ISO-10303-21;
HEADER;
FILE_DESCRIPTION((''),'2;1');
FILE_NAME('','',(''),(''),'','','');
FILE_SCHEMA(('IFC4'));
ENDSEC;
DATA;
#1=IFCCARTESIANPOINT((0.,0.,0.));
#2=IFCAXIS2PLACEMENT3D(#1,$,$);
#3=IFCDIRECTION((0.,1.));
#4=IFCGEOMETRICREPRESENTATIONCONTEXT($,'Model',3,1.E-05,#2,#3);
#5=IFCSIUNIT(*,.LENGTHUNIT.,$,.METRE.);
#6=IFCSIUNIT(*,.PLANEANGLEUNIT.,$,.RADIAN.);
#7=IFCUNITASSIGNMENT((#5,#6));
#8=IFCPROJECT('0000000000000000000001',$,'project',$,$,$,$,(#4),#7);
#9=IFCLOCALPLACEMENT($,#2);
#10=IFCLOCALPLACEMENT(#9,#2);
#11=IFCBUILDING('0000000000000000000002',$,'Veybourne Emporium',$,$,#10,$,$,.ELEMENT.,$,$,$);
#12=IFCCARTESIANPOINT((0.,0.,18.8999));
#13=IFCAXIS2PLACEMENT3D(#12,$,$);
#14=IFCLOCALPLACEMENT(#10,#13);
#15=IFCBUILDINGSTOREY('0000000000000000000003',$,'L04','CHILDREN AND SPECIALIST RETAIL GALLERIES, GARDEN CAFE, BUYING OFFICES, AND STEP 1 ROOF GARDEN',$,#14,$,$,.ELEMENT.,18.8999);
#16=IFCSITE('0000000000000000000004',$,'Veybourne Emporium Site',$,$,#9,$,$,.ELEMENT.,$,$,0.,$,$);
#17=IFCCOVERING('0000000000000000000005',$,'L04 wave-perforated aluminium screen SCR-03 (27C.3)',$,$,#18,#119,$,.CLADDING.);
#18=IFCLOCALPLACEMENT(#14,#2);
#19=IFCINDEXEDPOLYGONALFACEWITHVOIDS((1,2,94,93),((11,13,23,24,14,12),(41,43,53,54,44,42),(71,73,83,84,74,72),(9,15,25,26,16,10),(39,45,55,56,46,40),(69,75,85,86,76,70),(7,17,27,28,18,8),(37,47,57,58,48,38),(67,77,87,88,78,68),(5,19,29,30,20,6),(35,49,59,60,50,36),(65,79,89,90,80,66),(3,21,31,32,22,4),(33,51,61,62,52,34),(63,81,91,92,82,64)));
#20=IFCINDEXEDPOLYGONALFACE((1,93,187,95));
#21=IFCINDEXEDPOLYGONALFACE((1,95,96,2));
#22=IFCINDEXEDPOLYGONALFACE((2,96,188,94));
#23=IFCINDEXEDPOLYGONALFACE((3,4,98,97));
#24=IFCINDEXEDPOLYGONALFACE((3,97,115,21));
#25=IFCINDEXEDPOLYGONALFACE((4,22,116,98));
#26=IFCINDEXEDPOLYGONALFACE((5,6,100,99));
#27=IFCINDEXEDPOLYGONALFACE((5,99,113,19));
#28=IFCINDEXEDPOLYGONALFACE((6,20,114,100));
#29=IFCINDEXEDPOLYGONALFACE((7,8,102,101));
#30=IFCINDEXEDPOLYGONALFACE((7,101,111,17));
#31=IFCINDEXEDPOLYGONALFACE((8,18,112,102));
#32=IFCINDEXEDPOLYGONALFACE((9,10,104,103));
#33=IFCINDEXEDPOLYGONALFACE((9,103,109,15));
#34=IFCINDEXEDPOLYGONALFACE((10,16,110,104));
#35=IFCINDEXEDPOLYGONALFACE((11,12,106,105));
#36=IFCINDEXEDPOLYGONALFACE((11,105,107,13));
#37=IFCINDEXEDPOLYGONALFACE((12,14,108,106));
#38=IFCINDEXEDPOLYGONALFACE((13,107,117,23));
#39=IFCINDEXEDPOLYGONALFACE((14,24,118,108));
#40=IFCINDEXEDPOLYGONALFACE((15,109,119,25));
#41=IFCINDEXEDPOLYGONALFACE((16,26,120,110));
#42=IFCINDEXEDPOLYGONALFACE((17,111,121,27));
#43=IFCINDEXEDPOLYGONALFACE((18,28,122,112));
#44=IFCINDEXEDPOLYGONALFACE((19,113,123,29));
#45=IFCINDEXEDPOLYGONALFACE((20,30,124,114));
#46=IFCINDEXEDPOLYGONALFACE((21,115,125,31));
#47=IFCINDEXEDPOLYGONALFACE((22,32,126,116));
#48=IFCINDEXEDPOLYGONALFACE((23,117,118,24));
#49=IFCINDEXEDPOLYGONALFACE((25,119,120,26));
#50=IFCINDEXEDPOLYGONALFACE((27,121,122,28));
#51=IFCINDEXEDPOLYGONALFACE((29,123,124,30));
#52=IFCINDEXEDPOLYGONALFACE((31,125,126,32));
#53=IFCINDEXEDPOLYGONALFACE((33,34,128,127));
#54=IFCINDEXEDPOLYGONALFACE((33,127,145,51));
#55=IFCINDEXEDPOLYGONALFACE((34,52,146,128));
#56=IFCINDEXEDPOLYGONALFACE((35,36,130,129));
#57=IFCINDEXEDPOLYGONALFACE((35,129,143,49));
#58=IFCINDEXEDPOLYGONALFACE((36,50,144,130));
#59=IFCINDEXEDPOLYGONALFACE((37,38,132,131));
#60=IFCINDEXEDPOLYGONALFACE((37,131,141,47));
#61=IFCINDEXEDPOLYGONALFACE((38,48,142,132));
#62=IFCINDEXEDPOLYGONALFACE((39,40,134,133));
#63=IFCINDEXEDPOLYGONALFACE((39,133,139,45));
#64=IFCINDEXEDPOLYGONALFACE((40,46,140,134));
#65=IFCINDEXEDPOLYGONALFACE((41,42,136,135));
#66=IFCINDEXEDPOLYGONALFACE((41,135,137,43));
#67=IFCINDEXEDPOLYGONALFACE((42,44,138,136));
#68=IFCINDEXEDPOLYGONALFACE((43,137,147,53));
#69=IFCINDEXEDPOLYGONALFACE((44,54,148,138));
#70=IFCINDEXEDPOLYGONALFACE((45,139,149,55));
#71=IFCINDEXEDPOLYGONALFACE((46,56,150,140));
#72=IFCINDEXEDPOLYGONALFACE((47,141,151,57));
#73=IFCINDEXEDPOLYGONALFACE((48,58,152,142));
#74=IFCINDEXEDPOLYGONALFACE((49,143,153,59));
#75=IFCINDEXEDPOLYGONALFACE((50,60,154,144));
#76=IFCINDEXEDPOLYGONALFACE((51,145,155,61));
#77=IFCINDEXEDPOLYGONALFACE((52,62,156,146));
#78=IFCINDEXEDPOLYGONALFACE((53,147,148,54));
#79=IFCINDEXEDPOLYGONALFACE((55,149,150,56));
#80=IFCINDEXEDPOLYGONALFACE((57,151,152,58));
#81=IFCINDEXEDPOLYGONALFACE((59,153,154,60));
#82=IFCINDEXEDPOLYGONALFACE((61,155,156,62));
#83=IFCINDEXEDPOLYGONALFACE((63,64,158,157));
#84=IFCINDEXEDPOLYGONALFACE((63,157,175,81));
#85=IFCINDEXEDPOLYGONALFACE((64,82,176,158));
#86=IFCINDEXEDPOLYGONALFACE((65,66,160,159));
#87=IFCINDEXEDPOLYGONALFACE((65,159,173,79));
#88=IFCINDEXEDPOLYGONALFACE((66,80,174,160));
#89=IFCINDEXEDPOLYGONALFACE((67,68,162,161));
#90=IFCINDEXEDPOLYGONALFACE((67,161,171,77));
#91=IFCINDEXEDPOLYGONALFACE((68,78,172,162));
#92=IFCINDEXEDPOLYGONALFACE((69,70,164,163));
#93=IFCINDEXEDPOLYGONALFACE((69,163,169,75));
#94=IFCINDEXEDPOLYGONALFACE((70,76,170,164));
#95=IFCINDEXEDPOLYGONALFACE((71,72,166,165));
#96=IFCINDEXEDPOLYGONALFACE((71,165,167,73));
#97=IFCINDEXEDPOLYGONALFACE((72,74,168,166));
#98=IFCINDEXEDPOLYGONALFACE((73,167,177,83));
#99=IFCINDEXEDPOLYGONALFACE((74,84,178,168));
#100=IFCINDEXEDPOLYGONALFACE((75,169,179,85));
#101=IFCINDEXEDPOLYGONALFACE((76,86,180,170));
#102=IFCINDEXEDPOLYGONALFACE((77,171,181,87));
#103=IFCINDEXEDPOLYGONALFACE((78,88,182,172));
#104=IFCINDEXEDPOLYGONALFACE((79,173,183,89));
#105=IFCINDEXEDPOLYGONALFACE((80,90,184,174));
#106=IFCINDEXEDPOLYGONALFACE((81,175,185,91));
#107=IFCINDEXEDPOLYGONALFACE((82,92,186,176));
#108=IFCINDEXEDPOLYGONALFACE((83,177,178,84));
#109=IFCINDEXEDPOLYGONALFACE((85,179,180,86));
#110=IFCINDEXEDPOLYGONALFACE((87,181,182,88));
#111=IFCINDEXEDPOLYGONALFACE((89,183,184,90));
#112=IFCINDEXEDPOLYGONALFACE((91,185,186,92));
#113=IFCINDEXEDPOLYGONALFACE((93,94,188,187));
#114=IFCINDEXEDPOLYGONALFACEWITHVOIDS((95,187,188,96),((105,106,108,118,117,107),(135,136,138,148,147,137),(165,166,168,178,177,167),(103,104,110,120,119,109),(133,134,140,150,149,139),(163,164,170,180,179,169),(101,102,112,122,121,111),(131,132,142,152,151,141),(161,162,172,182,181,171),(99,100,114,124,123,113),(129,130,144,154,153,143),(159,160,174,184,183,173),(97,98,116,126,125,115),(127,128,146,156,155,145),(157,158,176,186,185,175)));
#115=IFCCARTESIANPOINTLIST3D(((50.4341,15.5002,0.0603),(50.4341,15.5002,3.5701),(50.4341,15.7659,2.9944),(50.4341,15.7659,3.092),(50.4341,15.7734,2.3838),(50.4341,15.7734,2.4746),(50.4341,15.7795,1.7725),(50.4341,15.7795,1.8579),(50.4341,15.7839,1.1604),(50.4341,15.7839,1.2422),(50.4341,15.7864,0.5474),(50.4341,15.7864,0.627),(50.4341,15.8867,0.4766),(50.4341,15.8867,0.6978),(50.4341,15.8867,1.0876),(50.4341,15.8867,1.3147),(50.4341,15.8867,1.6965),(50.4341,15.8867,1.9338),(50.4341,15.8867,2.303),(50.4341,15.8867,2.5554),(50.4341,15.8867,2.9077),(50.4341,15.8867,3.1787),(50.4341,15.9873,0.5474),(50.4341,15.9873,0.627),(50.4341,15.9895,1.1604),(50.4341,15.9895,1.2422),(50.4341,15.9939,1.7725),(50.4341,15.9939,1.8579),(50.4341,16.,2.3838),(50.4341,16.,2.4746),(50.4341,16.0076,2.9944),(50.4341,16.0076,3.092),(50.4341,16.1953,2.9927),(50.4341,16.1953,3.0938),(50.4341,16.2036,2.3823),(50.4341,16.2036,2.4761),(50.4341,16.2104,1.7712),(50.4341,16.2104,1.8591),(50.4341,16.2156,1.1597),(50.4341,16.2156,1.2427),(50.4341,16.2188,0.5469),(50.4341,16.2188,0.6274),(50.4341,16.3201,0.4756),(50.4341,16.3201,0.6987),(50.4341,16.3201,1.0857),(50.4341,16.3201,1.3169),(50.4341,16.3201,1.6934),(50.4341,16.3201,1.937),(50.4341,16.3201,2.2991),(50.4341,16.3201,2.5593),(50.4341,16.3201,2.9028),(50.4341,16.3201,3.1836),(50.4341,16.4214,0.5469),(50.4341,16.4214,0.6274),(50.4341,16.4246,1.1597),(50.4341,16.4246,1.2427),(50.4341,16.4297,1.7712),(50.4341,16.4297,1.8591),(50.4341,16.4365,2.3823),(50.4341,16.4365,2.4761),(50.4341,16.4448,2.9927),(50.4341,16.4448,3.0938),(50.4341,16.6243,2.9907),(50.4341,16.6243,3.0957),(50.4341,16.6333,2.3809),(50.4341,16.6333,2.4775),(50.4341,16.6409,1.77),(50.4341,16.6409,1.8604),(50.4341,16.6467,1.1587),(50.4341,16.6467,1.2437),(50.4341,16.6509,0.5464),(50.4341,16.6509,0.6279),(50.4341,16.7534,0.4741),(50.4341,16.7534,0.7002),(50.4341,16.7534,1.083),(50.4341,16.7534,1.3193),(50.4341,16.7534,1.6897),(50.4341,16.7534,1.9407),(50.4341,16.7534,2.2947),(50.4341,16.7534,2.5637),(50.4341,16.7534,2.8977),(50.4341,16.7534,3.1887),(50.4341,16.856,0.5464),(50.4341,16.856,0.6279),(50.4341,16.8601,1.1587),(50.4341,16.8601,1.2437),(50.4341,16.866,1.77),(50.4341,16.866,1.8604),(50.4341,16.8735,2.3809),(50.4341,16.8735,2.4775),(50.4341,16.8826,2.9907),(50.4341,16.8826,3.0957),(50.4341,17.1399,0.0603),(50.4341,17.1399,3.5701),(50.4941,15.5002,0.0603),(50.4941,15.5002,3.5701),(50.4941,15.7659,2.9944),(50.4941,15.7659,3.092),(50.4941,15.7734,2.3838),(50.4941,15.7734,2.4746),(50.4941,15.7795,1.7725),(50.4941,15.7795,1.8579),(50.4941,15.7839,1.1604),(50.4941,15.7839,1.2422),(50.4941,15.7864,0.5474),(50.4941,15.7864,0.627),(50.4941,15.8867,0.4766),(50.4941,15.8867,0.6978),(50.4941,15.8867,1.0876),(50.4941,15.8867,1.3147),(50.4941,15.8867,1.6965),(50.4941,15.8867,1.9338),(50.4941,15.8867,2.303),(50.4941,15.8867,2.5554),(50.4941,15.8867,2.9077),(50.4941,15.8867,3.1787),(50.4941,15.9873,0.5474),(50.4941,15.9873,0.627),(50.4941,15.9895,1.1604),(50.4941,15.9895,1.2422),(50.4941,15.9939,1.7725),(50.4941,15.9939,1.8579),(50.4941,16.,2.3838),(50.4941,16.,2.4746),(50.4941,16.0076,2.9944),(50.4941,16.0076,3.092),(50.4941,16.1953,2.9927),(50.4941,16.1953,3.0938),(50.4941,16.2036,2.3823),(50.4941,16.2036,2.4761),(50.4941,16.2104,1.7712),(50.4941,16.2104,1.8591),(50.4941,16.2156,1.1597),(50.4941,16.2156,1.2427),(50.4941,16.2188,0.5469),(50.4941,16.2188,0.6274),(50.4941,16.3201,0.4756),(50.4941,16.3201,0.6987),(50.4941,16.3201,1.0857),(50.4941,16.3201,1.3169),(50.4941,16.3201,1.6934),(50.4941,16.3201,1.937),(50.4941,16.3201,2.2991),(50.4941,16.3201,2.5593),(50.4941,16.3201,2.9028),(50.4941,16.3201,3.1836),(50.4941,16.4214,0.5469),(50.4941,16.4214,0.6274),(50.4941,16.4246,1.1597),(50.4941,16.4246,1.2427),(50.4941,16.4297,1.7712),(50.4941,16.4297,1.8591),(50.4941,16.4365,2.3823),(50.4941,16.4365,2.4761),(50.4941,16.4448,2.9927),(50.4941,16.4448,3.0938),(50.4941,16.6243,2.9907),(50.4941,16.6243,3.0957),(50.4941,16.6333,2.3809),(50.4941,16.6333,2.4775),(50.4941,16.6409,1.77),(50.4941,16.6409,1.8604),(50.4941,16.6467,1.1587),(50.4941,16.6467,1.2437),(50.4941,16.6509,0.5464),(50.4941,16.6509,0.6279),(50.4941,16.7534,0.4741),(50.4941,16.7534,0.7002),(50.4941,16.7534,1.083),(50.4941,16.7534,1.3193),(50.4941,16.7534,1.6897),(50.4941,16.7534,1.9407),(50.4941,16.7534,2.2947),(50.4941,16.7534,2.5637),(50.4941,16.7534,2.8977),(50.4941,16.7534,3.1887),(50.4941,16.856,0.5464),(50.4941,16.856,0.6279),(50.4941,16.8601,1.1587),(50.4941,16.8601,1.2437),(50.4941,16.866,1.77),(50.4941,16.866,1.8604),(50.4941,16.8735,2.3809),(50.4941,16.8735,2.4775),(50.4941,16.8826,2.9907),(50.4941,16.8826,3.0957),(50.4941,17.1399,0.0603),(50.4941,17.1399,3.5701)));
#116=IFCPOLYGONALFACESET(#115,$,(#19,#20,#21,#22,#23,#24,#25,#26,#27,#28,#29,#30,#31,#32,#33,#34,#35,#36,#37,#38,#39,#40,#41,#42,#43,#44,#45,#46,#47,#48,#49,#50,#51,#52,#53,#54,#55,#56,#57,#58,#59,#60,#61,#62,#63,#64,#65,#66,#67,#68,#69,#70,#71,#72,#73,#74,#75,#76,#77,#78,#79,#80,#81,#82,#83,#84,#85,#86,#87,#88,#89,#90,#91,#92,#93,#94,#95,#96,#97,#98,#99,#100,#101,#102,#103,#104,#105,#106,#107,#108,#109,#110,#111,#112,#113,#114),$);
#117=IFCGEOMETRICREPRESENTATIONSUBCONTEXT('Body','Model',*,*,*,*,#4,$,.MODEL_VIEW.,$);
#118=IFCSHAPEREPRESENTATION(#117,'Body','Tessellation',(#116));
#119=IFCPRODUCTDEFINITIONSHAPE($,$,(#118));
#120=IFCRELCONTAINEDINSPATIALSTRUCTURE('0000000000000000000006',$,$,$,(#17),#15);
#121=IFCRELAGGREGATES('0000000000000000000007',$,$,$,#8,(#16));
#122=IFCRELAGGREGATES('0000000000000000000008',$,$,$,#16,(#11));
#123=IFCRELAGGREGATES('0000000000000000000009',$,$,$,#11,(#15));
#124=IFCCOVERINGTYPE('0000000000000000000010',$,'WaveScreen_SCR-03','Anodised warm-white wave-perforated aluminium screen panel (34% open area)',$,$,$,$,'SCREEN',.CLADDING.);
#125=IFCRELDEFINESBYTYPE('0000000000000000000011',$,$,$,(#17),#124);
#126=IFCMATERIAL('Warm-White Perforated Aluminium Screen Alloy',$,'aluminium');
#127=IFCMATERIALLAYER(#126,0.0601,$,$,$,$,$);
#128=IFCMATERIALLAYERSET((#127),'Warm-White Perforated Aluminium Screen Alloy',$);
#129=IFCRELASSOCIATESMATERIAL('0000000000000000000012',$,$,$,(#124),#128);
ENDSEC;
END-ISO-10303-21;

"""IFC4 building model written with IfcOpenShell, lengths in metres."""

from ifc_helpers import new_model, si_unit, direction, frame, origin, place, context, subcontext, project, spatial, polyline, outline, extrude, material, layer, layer_set, type_object, element, save


model = new_model("IFC4")

# Units and contexts
model_context = context("Model", 3, precision=1e-05, world=origin(), true_north=direction((0.0, 1.0)))
body_context = subcontext(model_context, "Body", "Model", "MODEL_VIEW")
ifc_project = project(units=[si_unit("LENGTHUNIT", "METRE"), si_unit("PLANEANGLEUNIT", "RADIAN")], contexts=[model_context])

# Site, building, storey
site_placement = place(None, origin())
site = spatial("IfcSite", under=ifc_project, at=site_placement, Name="Veybourne Emporium Site", CompositionType="ELEMENT", RefElevation=0.0)
building_placement = place(site_placement, origin())
building = spatial("IfcBuilding", under=site, at=building_placement, Name="Veybourne Emporium", CompositionType="ELEMENT")
storey_placement = place(building_placement, frame((0.0, 0.0, 18.8999)))
storey = spatial("IfcBuildingStorey", under=building, at=storey_placement, Name="L04", Description="CHILDREN AND SPECIALIST RETAIL GALLERIES, GARDEN CAFE, BUYING OFFICES, AND STEP 1 ROOF GARDEN", CompositionType="ELEMENT", Elevation=18.8999)

# Covering
ifc_material_1 = material(Name="Warm-White Perforated Aluminium Screen Alloy", Category="aluminium")
ifc_layer_1 = layer(ifc_material_1, 0.0601)
ifc_layer_set_1 = layer_set([ifc_layer_1], Name="Warm-White Perforated Aluminium Screen Alloy")
covering_type_1 = type_object("IfcCoveringType", Name="WaveScreen_SCR-03", Description="Anodised warm-white wave-perforated aluminium screen panel (34% open area)", ElementType="SCREEN", PredefinedType="CLADDING", material=ifc_layer_set_1)
covering_1_placement = place(storey_placement, frame((50.4941, 16.3201, 1.8152), z_axis=(-1.0, 0.0, 0.0), x_axis=(0.0, -1.0, 0.0)))
element("IfcCovering", 1, at=covering_1_placement, inside=storey, type_object=covering_type_1, Name="L04 wave-perforated aluminium screen SCR-03 (27C.3)", PredefinedType="CLADDING", context=body_context, shape_type="SweptSolid", body=[
    extrude(outline(polyline([(-0.8198, -1.7549), (0.8198, -1.7549), (0.8198, 1.7549), (-0.8198, 1.7549), (-0.8198, -1.7549)]), holes=[polyline([(-0.4333, -1.115), (-0.3308, -1.1873), (-0.3308, -1.2688), (-0.4333, -1.3411), (-0.5359, -1.2688), (-0.5359, -1.1873), (-0.4333, -1.115)]), polyline([(-0.4333, -0.4958), (-0.3267, -0.5715), (-0.3267, -0.6565), (-0.4333, -0.7322), (-0.54, -0.6565), (-0.54, -0.5715), (-0.4333, -0.4958)]), polyline([(-0.4333, 0.1255), (-0.3208, 0.0452), (-0.3208, -0.0452), (-0.4333, -0.1255), (-0.5459, -0.0452), (-0.5459, 0.0452), (-0.4333, 0.1255)]), polyline([(-0.4333, 0.7485), (-0.3132, 0.6624), (-0.3132, 0.5657), (-0.4333, 0.4795), (-0.5535, 0.5657), (-0.5535, 0.6624), (-0.4333, 0.7485)]), polyline([(-0.4333, 1.3735), (-0.3042, 1.2805), (-0.3042, 1.1755), (-0.4333, 1.0825), (-0.5625, 1.1755), (-0.5625, 1.2805), (-0.4333, 1.3735)]), polyline([(0.0, -1.1165), (0.1013, -1.1877), (0.1013, -1.2683), (0.0, -1.3396), (-0.1013, -1.2683), (-0.1013, -1.1877), (0.0, -1.1165)]), polyline([(0.0, -0.4983), (0.1045, -0.5725), (0.1045, -0.6555), (0.0, -0.7295), (-0.1045, -0.6555), (-0.1045, -0.5725), (0.0, -0.4983)]), polyline([(0.0, 0.1218), (0.1096, 0.0439), (0.1096, -0.0439), (0.0, -0.1218), (-0.1096, -0.0439), (-0.1096, 0.0439), (0.0, 0.1218)]), polyline([(0.0, 0.7441), (0.1165, 0.6609), (0.1165, 0.5671), (0.0, 0.4839), (-0.1165, 0.5671), (-0.1165, 0.6609), (0.0, 0.7441)]), polyline([(0.0, 1.3684), (0.1248, 1.2786), (0.1248, 1.1775), (0.0, 1.0876), (-0.1248, 1.1775), (-0.1248, 1.2786), (0.0, 1.3684)]), polyline([(0.4333, -1.1174), (0.5337, -1.1882), (0.5337, -1.2678), (0.4333, -1.3386), (0.3328, -1.2678), (0.3328, -1.1882), (0.4333, -1.1174)]), polyline([(0.4333, -0.5005), (0.5361, -0.573), (0.5361, -0.6548), (0.4333, -0.7275), (0.3306, -0.6548), (0.3306, -0.573), (0.4333, -0.5005)]), polyline([(0.4333, 0.1187), (0.5405, 0.0427), (0.5405, -0.0427), (0.4333, -0.1187), (0.3262, -0.0427), (0.3262, 0.0427), (0.4333, 0.1187)]), polyline([(0.4333, 0.7402), (0.5466, 0.6594), (0.5466, 0.5686), (0.4333, 0.4878), (0.3201, 0.5686), (0.3201, 0.6594), (0.4333, 0.7402)]), polyline([(0.4333, 1.3635), (0.5542, 1.2769), (0.5542, 1.1792), (0.4333, 1.0925), (0.3125, 1.1792), (0.3125, 1.2769), (0.4333, 1.3635)])]), origin(), (0.0, 0.0, 1.0), 0.0601),
])

save(model, "model.ifc")
